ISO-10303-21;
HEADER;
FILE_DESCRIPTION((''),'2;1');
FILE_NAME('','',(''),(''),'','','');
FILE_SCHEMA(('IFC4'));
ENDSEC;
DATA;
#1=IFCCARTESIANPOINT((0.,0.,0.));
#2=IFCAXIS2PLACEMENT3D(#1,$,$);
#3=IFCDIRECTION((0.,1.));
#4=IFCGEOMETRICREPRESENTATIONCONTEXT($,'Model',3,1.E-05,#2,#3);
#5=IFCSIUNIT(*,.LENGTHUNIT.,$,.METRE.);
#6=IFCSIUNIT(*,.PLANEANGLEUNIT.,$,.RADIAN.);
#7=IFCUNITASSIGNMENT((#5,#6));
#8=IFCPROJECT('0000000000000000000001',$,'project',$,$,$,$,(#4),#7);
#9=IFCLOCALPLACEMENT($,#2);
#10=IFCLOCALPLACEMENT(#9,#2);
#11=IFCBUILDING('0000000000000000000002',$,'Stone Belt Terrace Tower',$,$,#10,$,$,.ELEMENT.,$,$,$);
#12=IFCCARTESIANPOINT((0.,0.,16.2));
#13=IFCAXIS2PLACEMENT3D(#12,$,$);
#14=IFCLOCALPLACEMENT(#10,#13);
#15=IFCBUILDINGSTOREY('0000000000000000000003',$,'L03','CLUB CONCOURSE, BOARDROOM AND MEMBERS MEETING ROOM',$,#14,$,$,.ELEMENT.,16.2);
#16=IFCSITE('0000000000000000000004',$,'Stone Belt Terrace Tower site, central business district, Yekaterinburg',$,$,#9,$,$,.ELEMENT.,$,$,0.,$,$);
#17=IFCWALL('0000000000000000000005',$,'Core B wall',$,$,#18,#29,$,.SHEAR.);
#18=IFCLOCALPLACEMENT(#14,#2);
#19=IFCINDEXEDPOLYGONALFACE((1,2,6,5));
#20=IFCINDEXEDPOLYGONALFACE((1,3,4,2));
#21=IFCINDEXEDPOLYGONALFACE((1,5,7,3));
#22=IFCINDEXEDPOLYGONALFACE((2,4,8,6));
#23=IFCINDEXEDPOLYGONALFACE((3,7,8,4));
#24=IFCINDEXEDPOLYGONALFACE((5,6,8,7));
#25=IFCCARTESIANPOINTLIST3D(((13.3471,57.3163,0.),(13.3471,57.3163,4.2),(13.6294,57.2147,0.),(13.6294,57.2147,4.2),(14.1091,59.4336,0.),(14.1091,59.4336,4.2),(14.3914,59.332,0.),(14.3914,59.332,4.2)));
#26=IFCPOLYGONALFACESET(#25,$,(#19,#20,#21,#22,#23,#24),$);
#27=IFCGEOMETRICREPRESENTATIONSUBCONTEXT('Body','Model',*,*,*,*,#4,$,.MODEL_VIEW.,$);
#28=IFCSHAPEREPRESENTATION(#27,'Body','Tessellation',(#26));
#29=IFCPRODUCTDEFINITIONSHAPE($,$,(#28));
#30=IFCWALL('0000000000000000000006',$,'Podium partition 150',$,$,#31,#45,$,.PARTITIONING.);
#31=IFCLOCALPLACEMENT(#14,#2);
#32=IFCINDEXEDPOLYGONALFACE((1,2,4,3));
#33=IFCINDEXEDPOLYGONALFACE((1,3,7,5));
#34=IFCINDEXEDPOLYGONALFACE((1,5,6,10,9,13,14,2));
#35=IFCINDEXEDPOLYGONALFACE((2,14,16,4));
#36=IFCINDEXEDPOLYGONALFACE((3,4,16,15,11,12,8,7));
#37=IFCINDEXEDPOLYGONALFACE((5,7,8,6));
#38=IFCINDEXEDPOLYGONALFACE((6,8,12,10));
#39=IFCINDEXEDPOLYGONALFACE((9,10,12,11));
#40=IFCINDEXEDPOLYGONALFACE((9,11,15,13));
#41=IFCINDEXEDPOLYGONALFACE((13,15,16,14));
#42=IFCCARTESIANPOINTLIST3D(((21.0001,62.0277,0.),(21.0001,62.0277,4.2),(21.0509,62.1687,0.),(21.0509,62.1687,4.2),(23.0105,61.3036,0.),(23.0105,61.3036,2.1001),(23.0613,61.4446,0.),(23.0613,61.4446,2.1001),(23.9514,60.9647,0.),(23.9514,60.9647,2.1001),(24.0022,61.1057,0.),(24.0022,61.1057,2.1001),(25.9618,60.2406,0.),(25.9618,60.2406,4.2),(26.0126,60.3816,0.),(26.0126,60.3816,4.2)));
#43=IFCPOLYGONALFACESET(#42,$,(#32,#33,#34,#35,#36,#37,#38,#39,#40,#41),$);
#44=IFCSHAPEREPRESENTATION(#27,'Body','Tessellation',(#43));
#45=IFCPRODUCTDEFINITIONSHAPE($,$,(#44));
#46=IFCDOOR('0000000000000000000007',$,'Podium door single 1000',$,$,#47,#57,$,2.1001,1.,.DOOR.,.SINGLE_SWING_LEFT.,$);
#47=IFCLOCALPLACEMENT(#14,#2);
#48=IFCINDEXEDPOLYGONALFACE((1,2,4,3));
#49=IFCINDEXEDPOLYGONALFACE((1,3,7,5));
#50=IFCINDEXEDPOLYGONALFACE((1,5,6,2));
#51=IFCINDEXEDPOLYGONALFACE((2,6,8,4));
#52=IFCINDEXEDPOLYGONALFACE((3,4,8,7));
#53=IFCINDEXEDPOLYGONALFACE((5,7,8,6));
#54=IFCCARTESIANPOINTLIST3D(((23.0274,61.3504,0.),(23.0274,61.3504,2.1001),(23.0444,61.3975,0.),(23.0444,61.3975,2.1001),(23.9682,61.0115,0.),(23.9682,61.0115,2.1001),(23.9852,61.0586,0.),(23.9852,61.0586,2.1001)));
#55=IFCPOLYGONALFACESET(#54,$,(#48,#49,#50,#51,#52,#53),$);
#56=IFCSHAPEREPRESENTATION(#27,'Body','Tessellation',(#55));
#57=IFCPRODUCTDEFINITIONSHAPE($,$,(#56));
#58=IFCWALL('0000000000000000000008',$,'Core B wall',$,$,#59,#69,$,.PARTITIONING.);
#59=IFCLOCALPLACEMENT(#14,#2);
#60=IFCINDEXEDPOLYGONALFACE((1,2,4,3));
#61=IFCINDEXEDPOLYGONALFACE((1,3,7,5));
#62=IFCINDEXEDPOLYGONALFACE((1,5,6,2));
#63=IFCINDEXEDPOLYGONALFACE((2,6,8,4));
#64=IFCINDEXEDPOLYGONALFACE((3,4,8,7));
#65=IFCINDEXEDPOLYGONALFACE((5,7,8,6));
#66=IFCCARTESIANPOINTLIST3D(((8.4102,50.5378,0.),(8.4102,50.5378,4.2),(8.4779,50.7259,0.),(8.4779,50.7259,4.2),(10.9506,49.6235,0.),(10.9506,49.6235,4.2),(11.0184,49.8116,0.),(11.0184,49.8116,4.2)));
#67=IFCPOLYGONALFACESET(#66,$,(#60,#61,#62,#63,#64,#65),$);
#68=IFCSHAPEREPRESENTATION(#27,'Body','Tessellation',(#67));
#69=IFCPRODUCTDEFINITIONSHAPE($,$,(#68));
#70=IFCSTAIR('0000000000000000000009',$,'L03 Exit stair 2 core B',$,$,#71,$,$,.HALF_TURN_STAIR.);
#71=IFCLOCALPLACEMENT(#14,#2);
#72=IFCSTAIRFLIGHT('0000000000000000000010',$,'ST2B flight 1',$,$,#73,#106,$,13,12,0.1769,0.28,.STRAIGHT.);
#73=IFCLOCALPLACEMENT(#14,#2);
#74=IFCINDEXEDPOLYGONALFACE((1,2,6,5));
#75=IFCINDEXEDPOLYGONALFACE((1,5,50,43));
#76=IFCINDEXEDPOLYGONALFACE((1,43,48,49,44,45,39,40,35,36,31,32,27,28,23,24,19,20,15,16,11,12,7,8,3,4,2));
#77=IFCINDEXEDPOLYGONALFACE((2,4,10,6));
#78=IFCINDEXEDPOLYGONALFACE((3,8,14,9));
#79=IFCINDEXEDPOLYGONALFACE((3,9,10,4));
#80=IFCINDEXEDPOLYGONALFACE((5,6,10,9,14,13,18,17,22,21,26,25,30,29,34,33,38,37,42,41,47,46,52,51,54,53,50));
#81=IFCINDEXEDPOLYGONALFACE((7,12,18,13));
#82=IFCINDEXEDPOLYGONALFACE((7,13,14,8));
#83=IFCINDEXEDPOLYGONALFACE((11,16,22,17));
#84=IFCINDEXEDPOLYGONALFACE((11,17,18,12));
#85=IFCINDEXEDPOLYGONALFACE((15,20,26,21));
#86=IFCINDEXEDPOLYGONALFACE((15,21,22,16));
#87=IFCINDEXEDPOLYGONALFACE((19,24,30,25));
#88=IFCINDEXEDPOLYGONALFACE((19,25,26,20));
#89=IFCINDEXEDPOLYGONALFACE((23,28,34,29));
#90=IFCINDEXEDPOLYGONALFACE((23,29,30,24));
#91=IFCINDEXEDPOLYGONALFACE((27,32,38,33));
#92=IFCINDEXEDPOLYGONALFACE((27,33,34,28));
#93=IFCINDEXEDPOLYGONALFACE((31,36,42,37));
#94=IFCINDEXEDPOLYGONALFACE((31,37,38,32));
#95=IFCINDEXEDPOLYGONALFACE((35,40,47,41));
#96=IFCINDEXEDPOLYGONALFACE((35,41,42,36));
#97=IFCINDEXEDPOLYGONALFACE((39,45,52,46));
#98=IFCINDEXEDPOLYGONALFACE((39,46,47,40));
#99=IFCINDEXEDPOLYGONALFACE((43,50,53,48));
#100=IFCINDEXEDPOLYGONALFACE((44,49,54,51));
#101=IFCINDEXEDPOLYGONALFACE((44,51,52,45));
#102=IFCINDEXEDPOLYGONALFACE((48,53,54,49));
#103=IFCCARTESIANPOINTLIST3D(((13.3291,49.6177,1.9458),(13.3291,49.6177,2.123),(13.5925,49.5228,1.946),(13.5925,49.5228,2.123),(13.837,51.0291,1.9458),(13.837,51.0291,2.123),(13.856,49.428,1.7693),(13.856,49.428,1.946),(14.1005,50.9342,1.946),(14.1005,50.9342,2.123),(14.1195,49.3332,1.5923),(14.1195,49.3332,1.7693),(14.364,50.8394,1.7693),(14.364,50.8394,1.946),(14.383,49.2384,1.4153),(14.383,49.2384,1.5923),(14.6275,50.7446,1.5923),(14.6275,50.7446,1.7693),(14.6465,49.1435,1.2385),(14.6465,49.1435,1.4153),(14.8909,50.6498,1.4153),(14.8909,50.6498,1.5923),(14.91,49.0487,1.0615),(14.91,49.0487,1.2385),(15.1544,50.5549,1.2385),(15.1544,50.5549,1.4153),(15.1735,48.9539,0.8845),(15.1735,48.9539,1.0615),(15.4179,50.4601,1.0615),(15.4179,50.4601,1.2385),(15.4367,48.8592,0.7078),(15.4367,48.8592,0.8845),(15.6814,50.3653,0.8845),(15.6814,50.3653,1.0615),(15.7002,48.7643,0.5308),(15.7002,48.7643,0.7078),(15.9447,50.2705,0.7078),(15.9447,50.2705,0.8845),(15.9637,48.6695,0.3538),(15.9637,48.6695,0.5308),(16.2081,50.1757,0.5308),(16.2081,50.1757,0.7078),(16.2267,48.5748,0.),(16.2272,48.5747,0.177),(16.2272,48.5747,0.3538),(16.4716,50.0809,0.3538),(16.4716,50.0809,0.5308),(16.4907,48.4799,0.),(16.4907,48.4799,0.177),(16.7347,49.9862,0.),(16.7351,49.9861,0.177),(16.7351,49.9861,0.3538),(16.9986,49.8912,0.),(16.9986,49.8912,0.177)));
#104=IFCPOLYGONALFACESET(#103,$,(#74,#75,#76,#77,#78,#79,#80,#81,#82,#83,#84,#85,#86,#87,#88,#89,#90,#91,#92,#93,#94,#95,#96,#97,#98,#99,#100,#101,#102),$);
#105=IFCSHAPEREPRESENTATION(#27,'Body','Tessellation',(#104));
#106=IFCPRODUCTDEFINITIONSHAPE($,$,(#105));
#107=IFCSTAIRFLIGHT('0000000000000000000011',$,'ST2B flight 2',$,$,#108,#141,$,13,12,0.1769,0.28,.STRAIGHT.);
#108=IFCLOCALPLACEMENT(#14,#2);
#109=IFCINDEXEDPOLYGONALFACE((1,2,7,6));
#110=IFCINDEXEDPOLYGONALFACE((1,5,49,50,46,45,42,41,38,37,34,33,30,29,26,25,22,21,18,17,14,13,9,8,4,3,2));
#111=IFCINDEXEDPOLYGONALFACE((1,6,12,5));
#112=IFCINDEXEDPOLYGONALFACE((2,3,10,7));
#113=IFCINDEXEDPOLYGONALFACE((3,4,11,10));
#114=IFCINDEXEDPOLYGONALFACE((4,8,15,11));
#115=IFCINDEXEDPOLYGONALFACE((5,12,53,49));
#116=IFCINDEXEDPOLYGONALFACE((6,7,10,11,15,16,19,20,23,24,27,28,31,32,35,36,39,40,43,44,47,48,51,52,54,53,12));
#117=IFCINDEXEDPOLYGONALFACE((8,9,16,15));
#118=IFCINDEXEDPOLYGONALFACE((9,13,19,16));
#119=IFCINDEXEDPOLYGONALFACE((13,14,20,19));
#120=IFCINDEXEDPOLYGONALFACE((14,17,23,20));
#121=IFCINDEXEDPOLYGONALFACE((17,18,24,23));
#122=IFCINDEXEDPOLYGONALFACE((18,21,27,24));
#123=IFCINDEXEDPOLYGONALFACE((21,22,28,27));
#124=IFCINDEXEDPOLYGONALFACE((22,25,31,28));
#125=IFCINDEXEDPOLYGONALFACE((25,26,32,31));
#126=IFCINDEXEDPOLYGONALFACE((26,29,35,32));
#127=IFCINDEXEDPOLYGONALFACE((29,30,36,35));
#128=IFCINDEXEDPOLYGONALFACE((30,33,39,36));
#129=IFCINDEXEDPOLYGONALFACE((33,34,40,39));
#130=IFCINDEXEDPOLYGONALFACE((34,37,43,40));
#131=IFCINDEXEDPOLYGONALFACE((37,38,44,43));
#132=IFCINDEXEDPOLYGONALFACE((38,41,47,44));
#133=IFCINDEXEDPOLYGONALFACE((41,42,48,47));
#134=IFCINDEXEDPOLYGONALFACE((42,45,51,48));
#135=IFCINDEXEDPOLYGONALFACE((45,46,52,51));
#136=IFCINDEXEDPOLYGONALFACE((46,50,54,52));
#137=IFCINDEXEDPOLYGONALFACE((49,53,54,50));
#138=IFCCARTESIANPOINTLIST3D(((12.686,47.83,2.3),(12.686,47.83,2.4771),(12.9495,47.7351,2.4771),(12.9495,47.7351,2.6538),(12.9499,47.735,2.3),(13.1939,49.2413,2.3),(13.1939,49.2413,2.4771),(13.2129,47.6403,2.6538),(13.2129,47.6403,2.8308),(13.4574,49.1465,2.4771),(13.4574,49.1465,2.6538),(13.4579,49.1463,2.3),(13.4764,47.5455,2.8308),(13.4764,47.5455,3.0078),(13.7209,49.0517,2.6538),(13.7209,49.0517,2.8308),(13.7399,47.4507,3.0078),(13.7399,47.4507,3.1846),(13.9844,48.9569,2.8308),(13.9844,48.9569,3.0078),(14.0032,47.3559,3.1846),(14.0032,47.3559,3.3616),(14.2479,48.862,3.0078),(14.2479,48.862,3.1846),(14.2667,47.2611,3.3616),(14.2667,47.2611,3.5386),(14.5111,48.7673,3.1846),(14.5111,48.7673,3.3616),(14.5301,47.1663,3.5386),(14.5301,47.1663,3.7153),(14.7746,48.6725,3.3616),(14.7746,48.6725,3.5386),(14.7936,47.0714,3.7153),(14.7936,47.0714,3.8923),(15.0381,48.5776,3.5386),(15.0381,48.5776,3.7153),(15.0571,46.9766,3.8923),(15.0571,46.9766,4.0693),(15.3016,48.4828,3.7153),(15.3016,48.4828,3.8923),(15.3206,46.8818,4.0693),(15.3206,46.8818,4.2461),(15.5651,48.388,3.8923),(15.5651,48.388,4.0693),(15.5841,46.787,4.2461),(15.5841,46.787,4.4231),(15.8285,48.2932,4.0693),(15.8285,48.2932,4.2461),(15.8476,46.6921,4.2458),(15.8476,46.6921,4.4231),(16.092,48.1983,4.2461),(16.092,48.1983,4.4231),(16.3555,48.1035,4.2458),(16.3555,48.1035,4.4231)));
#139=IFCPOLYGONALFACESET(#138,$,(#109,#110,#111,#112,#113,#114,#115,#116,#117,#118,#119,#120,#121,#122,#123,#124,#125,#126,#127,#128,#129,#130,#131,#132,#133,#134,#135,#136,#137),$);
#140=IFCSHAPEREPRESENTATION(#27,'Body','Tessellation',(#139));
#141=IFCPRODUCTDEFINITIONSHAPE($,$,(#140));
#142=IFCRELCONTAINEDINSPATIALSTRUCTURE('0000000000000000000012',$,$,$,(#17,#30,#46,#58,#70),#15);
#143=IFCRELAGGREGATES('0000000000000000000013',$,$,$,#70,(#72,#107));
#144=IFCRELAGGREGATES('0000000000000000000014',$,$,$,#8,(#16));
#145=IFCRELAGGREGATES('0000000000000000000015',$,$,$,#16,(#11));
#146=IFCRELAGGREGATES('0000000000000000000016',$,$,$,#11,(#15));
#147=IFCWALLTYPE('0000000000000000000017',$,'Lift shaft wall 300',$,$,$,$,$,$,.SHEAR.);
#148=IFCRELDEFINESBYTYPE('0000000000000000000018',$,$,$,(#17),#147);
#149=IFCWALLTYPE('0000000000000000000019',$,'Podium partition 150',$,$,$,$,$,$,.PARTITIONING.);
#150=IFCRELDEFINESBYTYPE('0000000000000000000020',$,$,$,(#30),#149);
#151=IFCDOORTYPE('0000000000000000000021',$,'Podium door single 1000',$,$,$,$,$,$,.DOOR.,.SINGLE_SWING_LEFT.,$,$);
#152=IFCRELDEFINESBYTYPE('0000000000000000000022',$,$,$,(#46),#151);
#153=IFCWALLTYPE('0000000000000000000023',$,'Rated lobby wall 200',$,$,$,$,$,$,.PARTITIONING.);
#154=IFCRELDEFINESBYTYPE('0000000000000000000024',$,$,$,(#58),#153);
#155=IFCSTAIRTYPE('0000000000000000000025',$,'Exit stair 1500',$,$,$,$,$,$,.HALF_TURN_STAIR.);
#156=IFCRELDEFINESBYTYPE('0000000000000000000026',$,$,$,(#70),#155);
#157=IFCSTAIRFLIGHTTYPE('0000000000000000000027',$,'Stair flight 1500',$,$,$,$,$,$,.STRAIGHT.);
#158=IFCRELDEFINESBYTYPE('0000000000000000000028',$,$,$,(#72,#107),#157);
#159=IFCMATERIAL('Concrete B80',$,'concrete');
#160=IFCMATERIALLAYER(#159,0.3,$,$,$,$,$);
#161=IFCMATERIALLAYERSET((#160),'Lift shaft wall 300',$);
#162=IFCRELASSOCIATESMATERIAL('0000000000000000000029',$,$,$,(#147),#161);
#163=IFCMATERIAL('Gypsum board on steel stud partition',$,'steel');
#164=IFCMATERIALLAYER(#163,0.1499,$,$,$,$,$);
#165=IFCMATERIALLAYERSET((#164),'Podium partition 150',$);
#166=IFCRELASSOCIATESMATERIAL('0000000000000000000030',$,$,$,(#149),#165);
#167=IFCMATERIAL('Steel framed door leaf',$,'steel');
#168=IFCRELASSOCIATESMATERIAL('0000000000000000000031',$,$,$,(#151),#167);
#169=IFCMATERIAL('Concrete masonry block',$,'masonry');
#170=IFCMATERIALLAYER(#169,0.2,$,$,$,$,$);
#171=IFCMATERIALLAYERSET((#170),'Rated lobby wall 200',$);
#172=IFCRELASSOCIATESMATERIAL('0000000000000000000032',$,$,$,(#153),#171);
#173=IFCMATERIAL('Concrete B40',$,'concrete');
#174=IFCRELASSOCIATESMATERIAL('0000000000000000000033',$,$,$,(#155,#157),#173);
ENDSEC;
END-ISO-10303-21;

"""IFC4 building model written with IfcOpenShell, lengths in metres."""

from ifc_helpers import new_model, si_unit, direction, frame, frame_2d, origin, place, context, subcontext, project, spatial, polyline, rectangle, outline, extrude, material, layer, layer_set, type_object, element, fill, aggregate, save


model = new_model("IFC4")

# Units and contexts
model_context = context("Model", 3, precision=1e-05, world=origin(), true_north=direction((0.0, 1.0)))
body_context = subcontext(model_context, "Body", "Model", "MODEL_VIEW")
ifc_project = project(units=[si_unit("LENGTHUNIT", "METRE"), si_unit("PLANEANGLEUNIT", "RADIAN")], contexts=[model_context])

# Site, building, storey
site_placement = place(None, origin())
site = spatial("IfcSite", under=ifc_project, at=site_placement, Name="Stone Belt Terrace Tower site, central business district, Yekaterinburg", CompositionType="ELEMENT", RefElevation=0.0)
building_placement = place(site_placement, origin())
building = spatial("IfcBuilding", under=site, at=building_placement, Name="Stone Belt Terrace Tower", CompositionType="ELEMENT")
storey_placement = place(building_placement, frame((0.0, 0.0, 16.2)))
storey = spatial("IfcBuildingStorey", under=building, at=storey_placement, Name="L03", Description="CLUB CONCOURSE, BOARDROOM AND MEMBERS MEETING ROOM", CompositionType="ELEMENT", Elevation=16.2)

# Shared definitions
ifc_material_1 = material(Name="Concrete B80", Category="concrete")

# Wall
ifc_layer_1 = layer(ifc_material_1, 0.3)
ifc_layer_set_1 = layer_set([ifc_layer_1], Name="Lift shaft wall 300")
wall_type_1 = type_object("IfcWallType", Name="Lift shaft wall 300", PredefinedType="SHEAR", material=ifc_layer_set_1)
wall_1_placement = place(storey_placement, frame((13.4883, 57.2656, 0.0), z_axis=(0.0, 0.0, 1.0), x_axis=(0.338631, 0.940919, 0.0)))
element("IfcWall", 1, at=wall_1_placement, inside=storey, type_object=wall_type_1, Name="Core B wall", PredefinedType="SHEAR", context=body_context, shape_type="SweptSolid", body=[
    extrude(rectangle(XDim=2.2502, YDim=0.3, at=frame_2d((1.125, 0.0))), origin(), (0.0, 0.0, 1.0), 4.2),
])

# Wall, opening, door
ifc_material_2 = material(Name="Gypsum board on steel stud partition", Category="steel")
ifc_layer_2 = layer(ifc_material_2, 0.1499)
ifc_layer_set_2 = layer_set([ifc_layer_2], Name="Podium partition 150")
wall_type_2 = type_object("IfcWallType", Name="Podium partition 150", PredefinedType="PARTITIONING", material=ifc_layer_set_2)
wall_2_placement = place(storey_placement, frame((21.0256, 62.0981, 0.0), z_axis=(0.0, 0.0, 1.0), x_axis=(0.940833, -0.338872, 0.0)))
wall_2 = element("IfcWall", 2, at=wall_2_placement, inside=storey, type_object=wall_type_2, Name="Podium partition 150", PredefinedType="PARTITIONING", context=body_context, shape_type="SweptSolid", body=[
    extrude(rectangle(XDim=5.2737, YDim=0.1499, at=frame_2d((2.6367, 0.0))), origin(), (0.0, 0.0, 1.0), 4.2),
])
opening_1_placement = place(wall_2_placement, frame((2.1367, 0.0, 0.0)))
opening_1 = element("IfcOpeningElement", 3, at=opening_1_placement, cuts=wall_2, PredefinedType="OPENING", context=body_context, shape_type="SweptSolid", body=[
    extrude(rectangle(XDim=1.0, YDim=2.1001, at=frame_2d((0.5, 1.05))), frame((0.0, 0.085, 0.0), z_axis=(0.0, -1.0, 0.0), x_axis=(1.0, 0.0, 0.0)), (0.0, 0.0, 1.0), 0.1699),
])
ifc_material_3 = material(Name="Steel framed door leaf", Category="steel")
door_type_1 = type_object("IfcDoorType", Name="Podium door single 1000", OperationType="SINGLE_SWING_LEFT", PredefinedType="DOOR", material=ifc_material_3)
door_1_placement = place(opening_1_placement, origin())
door_1 = element("IfcDoor", 4, at=door_1_placement, inside=storey, type_object=door_type_1, Name="Podium door single 1000", OperationType="SINGLE_SWING_LEFT", OverallHeight=2.1001, OverallWidth=1.0, PredefinedType="DOOR", context=body_context, shape_type="SweptSolid", body=[
    extrude(rectangle(XDim=1.0, YDim=2.1001, at=frame_2d((0.5, 1.05))), frame((0.0, 0.0249, 0.0), z_axis=(0.0, -1.0, 0.0), x_axis=(1.0, 0.0, 0.0)), (0.0, 0.0, 1.0), 0.05),
])
fill(opening_1, door_1)

# Wall
ifc_material_4 = material(Name="Concrete masonry block", Category="masonry")
ifc_layer_3 = layer(ifc_material_4, 0.2)
ifc_layer_set_3 = layer_set([ifc_layer_3], Name="Rated lobby wall 200")
wall_type_3 = type_object("IfcWallType", Name="Rated lobby wall 200", PredefinedType="PARTITIONING", material=ifc_layer_set_3)
wall_3_placement = place(storey_placement, frame((10.9846, 49.7175, 0.0), z_axis=(0.0, 0.0, 1.0), x_axis=(-0.940921, 0.338627, 0.0)))
element("IfcWall", 5, at=wall_3_placement, inside=storey, type_object=wall_type_3, Name="Core B wall", PredefinedType="PARTITIONING", context=body_context, shape_type="SweptSolid", body=[
    extrude(rectangle(XDim=2.7, YDim=0.2, at=frame_2d((1.3501, 0.0))), origin(), (0.0, 0.0, 1.0), 4.2),
])

# Stair, stair flights
ifc_material_5 = material(Name="Concrete B40", Category="concrete")
stair_type = type_object("IfcStairType", Name="Exit stair 1500", PredefinedType="HALF_TURN_STAIR", material=ifc_material_5)
stair_placement = place(storey_placement, origin())
stair = element("IfcStair", 6, at=stair_placement, inside=storey, type_object=stair_type, Name="L03 Exit stair 2 core B", PredefinedType="HALF_TURN_STAIR")
stair_flight_type = type_object("IfcStairFlightType", Name="Stair flight 1500", PredefinedType="STRAIGHT", material=ifc_material_5)
stair_flight_1_placement = place(storey_placement, frame((16.7446, 49.1855, 0.0), z_axis=(0.0, 0.0, 1.0), x_axis=(-0.940922, 0.338624, 0.0)))
stair_flight_1 = element("IfcStairFlight", 7, at=stair_flight_1_placement, type_object=stair_flight_type, Name="ST2B flight 1", NumberOfRisers=13, NumberOfTreads=12, PredefinedType="STRAIGHT", RiserHeight=0.1769, TreadLength=0.28, context=body_context, shape_type="SweptSolid", body=[
    extrude(outline(polyline([(0.0, 0.0), (0.0, 0.177), (0.28, 0.177), (0.28, 0.3538), (0.5601, 0.3538), (0.5601, 0.5308), (0.8401, 0.5308), (0.8401, 0.7078), (1.1201, 0.7078), (1.1201, 0.8845), (1.3999, 0.8845), (1.3999, 1.0615), (1.6799, 1.0615), (1.6799, 1.2385), (1.96, 1.2385), (1.96, 1.4153), (2.24, 1.4153), (2.24, 1.5923), (2.52, 1.5923), (2.52, 1.7693), (2.8, 1.7693), (2.8, 1.946), (3.0801, 1.946), (3.0801, 2.123), (3.3601, 2.123), (3.3601, 2.3), (3.3601, 1.9458), (0.2805, 0.0), (0.0, 0.0)])), frame((0.0, 0.75, 0.0), z_axis=(0.0, -1.0, 0.0), x_axis=(1.0, 0.0, 0.0)), (0.0, 0.0, 1.0), 1.5),
])
stair_flight_2_placement = place(storey_placement, frame((12.9399, 48.5356, 2.3), z_axis=(0.0, 0.0, 1.0), x_axis=(0.940922, -0.338624, 0.0)))
stair_flight_2 = element("IfcStairFlight", 8, at=stair_flight_2_placement, type_object=stair_flight_type, Name="ST2B flight 2", NumberOfRisers=13, NumberOfTreads=12, PredefinedType="STRAIGHT", RiserHeight=0.1769, TreadLength=0.28, context=body_context, shape_type="SweptSolid", body=[
    extrude(outline(polyline([(0.0, 0.0), (0.0, 0.177), (0.28, 0.177), (0.28, 0.3538), (0.5601, 0.3538), (0.5601, 0.5308), (0.8401, 0.5308), (0.8401, 0.7078), (1.1201, 0.7078), (1.1201, 0.8845), (1.3999, 0.8845), (1.3999, 1.0615), (1.6799, 1.0615), (1.6799, 1.2385), (1.96, 1.2385), (1.96, 1.4153), (2.24, 1.4153), (2.24, 1.5923), (2.52, 1.5923), (2.52, 1.7693), (2.8, 1.7693), (2.8, 1.946), (3.0801, 1.946), (3.0801, 2.123), (3.3601, 2.123), (3.3601, 2.3), (3.3601, 1.9458), (0.2805, 0.0), (0.0, 0.0)])), frame((0.0, 0.75, 0.0), z_axis=(0.0, -1.0, 0.0), x_axis=(1.0, 0.0, 0.0)), (0.0, 0.0, 1.0), 1.5),
])
aggregate(stair, [stair_flight_1, stair_flight_2])

save(model, "model.ifc")
